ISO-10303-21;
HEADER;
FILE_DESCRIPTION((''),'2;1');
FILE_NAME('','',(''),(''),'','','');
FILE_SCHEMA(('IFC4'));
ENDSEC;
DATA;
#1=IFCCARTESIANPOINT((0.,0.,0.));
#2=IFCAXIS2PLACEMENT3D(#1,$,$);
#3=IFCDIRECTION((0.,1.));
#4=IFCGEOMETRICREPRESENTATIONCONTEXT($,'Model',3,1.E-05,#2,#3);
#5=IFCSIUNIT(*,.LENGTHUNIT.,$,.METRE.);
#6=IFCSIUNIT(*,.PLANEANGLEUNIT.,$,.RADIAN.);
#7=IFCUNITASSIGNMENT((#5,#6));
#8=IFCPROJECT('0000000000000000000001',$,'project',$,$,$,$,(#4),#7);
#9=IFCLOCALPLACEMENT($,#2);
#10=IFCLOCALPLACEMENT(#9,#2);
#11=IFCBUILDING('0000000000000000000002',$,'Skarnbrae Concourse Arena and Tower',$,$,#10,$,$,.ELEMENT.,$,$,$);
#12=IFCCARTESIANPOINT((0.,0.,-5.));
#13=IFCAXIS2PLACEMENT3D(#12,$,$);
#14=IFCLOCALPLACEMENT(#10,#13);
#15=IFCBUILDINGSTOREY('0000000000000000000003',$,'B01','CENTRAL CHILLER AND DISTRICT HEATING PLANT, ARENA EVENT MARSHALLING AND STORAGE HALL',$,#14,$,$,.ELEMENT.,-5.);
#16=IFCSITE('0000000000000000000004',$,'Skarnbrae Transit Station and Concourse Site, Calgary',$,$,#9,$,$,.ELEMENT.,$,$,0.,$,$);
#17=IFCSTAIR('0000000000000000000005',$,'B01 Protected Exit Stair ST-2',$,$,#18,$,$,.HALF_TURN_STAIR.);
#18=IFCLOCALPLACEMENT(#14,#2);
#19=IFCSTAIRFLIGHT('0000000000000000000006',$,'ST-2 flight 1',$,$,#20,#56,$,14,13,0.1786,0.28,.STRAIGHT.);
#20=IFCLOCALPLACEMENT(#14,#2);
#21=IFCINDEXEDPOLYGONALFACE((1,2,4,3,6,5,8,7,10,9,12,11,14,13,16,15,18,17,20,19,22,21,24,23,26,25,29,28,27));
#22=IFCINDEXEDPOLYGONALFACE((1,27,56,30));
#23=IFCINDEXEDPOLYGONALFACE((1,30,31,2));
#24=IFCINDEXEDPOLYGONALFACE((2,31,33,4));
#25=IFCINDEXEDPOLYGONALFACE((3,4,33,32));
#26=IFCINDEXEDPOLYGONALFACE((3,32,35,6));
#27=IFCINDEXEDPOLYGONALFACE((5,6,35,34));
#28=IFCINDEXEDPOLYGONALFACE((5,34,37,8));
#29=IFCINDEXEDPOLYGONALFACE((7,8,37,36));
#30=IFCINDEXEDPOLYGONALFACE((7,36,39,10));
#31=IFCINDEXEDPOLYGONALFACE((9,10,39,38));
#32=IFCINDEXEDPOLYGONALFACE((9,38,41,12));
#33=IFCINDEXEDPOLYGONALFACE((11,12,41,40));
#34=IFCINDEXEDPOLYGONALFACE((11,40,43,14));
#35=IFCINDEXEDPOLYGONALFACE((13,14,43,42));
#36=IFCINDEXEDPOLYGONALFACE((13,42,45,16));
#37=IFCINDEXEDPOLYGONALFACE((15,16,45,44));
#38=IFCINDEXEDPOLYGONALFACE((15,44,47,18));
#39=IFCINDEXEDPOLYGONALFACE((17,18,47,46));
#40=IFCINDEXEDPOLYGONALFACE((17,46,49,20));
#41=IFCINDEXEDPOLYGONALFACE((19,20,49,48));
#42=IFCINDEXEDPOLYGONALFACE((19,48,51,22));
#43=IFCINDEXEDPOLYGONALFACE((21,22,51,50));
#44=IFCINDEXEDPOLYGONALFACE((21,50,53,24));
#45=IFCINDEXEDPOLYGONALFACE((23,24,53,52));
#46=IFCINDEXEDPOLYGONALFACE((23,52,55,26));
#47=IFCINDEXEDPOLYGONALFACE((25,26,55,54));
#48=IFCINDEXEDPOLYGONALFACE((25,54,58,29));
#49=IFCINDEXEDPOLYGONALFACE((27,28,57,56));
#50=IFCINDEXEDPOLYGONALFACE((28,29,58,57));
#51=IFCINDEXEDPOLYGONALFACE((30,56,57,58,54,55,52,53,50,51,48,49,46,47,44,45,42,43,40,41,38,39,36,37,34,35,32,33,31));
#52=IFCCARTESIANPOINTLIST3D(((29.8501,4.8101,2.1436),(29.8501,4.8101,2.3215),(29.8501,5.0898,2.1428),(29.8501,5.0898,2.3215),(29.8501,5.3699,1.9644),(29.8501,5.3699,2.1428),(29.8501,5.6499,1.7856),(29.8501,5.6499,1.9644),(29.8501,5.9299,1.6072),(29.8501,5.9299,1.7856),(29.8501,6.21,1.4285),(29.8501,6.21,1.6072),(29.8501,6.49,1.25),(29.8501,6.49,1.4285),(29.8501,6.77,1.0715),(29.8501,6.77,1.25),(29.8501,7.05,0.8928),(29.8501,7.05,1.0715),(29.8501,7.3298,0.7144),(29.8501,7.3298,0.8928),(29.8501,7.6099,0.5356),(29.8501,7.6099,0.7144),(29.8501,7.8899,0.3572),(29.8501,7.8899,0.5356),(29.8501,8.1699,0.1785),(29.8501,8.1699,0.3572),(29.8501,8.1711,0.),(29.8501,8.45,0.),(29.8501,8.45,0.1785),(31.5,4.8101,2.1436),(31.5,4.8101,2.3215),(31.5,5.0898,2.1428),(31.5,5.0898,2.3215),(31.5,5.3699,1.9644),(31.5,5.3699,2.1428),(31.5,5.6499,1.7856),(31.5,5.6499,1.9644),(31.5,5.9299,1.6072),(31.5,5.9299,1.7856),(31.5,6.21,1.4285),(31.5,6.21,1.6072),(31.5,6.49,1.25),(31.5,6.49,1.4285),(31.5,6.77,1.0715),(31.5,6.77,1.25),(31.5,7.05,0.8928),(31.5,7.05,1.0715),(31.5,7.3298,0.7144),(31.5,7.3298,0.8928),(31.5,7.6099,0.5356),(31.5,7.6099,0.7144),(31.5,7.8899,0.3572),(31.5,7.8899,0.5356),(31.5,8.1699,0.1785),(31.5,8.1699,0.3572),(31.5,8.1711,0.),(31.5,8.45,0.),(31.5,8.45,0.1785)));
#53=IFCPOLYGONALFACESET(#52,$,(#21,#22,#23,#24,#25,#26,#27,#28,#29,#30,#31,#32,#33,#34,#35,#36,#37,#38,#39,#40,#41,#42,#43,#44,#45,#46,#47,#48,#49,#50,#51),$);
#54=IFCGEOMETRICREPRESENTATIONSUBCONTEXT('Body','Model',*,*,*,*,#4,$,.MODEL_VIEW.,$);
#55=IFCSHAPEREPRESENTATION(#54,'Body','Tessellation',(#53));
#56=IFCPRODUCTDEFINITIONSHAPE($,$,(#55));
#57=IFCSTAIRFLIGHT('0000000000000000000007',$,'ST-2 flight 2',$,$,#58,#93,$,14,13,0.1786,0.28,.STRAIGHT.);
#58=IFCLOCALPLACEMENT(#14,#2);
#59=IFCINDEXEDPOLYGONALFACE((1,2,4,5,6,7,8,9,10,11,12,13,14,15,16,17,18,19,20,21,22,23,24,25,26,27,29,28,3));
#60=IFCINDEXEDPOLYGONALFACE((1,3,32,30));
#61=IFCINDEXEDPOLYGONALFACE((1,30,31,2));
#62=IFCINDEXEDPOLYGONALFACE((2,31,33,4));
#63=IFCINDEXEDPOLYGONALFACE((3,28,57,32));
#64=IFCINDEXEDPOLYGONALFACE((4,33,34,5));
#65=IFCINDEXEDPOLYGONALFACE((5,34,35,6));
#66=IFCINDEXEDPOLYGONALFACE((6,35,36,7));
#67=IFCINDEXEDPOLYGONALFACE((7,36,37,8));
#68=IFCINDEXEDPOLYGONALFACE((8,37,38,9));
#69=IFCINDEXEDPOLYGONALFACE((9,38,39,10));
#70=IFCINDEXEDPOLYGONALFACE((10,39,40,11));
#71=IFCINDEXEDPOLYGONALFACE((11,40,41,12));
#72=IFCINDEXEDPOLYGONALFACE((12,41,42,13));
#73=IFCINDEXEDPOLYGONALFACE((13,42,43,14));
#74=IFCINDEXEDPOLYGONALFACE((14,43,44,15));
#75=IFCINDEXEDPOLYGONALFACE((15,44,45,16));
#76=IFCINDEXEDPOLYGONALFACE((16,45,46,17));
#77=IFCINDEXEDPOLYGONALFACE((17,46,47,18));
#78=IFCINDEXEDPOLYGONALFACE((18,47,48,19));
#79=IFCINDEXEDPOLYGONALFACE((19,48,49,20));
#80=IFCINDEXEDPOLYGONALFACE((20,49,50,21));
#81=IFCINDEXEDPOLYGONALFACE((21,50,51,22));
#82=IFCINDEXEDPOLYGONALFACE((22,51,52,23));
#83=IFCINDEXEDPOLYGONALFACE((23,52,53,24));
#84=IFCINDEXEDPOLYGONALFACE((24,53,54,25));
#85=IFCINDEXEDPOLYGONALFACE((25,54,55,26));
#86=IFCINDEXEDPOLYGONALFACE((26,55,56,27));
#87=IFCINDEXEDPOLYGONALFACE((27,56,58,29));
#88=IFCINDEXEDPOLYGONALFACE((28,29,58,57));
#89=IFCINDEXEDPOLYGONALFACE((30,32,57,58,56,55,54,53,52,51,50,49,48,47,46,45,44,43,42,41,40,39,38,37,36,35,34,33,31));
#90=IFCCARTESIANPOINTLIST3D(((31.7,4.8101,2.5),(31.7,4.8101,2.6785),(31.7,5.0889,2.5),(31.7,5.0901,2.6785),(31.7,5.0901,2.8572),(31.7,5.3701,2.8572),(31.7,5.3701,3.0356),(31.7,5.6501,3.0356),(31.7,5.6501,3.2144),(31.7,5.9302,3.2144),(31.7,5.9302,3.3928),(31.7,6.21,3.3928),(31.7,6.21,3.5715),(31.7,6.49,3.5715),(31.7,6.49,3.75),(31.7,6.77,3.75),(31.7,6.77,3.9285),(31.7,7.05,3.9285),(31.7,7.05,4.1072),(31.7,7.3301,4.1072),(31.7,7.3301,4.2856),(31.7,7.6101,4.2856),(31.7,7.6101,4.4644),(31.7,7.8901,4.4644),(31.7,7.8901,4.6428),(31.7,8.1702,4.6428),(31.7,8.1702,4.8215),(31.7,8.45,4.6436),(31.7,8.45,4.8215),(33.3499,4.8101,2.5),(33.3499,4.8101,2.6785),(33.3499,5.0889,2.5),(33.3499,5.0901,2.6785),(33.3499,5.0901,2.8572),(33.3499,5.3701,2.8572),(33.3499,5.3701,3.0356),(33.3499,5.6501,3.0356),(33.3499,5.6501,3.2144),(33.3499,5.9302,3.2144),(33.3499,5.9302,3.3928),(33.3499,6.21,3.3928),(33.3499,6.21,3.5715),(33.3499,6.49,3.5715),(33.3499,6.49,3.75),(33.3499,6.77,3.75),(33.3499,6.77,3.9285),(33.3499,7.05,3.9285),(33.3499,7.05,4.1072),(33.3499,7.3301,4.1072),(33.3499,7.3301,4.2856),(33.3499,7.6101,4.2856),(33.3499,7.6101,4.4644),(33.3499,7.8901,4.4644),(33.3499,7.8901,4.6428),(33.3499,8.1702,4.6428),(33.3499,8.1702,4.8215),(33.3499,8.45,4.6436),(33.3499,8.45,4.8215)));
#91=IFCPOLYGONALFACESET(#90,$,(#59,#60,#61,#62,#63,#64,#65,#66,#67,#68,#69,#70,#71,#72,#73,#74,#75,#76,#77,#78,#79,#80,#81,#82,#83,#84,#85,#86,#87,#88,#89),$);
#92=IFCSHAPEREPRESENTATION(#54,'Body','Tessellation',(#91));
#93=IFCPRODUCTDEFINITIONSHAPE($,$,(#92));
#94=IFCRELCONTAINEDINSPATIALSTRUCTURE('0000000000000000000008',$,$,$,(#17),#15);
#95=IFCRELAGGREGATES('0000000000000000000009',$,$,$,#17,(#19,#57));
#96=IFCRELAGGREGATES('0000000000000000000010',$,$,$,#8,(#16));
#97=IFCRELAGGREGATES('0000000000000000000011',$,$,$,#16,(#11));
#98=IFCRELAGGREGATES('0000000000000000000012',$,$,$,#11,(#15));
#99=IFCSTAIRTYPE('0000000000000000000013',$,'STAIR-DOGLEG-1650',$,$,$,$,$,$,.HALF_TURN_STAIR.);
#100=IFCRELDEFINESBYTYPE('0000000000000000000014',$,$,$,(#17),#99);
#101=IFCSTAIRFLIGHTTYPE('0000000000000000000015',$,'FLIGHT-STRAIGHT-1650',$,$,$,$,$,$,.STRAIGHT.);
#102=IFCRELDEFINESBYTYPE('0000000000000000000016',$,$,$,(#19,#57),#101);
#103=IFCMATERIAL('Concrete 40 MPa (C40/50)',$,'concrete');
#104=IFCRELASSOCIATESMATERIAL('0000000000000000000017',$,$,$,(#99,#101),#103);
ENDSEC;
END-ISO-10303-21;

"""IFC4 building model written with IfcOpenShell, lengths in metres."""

from ifc_helpers import new_model, si_unit, direction, frame, origin, place, context, subcontext, project, spatial, polyline, outline, extrude, source, transform, mapped, material, type_object, element, aggregate, save


model = new_model("IFC4")

# Units and contexts
model_context = context("Model", 3, precision=1e-05, world=origin(), true_north=direction((0.0, 1.0)))
body_context = subcontext(model_context, "Body", "Model", "MODEL_VIEW")
ifc_project = project(units=[si_unit("LENGTHUNIT", "METRE"), si_unit("PLANEANGLEUNIT", "RADIAN")], contexts=[model_context])

# Site, building, storey
site_placement = place(None, origin())
site = spatial("IfcSite", under=ifc_project, at=site_placement, Name="Skarnbrae Transit Station and Concourse Site, Calgary", CompositionType="ELEMENT", RefElevation=0.0)
building_placement = place(site_placement, origin())
building = spatial("IfcBuilding", under=site, at=building_placement, Name="Skarnbrae Concourse Arena and Tower", CompositionType="ELEMENT")
storey_placement = place(building_placement, frame((0.0, 0.0, -5.0)))
storey = spatial("IfcBuildingStorey", under=building, at=storey_placement, Name="B01", Description="CENTRAL CHILLER AND DISTRICT HEATING PLANT, ARENA EVENT MARSHALLING AND STORAGE HALL", CompositionType="ELEMENT", Elevation=-5.0)

# Stair, stair flights
ifc_material_1 = material(Name="Concrete 40 MPa (C40/50)", Category="concrete")
stair_type = type_object("IfcStairType", Name="STAIR-DOGLEG-1650", PredefinedType="HALF_TURN_STAIR", material=ifc_material_1)
stair_placement = place(storey_placement, origin())
stair = element("IfcStair", 1, at=stair_placement, inside=storey, type_object=stair_type, Name="B01 Protected Exit Stair ST-2", PredefinedType="HALF_TURN_STAIR")
stair_flight_type = type_object("IfcStairFlightType", Name="FLIGHT-STRAIGHT-1650", PredefinedType="STRAIGHT", material=ifc_material_1)
shared_shape_1 = source(origin(), body_context, "Body", "SweptSolid", [
    extrude(outline(polyline([(0.0, 0.0), (0.0, 0.1785), (0.28, 0.1785), (0.28, 0.3572), (0.5601, 0.3572), (0.5601, 0.5356), (0.8401, 0.5356), (0.8401, 0.7144), (1.1201, 0.7144), (1.1201, 0.8928), (1.3999, 0.8928), (1.3999, 1.0715), (1.6799, 1.0715), (1.6799, 1.25), (1.96, 1.25), (1.96, 1.4285), (2.24, 1.4285), (2.24, 1.6072), (2.52, 1.6072), (2.52, 1.7856), (2.8, 1.7856), (2.8, 1.9644), (3.0801, 1.9644), (3.0801, 2.1428), (3.3601, 2.1428), (3.3601, 2.3215), (3.6399, 2.3215), (3.6399, 2.5), (3.6399, 2.1436), (0.2788, 0.0), (0.0, 0.0)])), frame((0.0, 0.825, 0.0), z_axis=(0.0, -1.0, 0.0), x_axis=(1.0, 0.0, 0.0)), (0.0, 0.0, 1.0), 1.6499),
])
stair_flight_1_placement = place(storey_placement, frame((30.675, 8.45, 0.0), z_axis=(0.0, 0.0, 1.0), x_axis=(0.0, -1.0, 0.0)))
stair_flight_1 = element("IfcStairFlight", 2, at=stair_flight_1_placement, type_object=stair_flight_type, Name="ST-2 flight 1", NumberOfRisers=14, NumberOfTreads=13, PredefinedType="STRAIGHT", RiserHeight=0.1786, TreadLength=0.28, context=body_context, shape_type="MappedRepresentation", body=[
    mapped(shared_shape_1, transform((0.0, 0.0, 0.0))),
])
stair_flight_2_placement = place(storey_placement, frame((32.5249, 4.8101, 2.5), z_axis=(0.0, 0.0, 1.0), x_axis=(0.0, 1.0, 0.0)))
stair_flight_2 = element("IfcStairFlight", 3, at=stair_flight_2_placement, type_object=stair_flight_type, Name="ST-2 flight 2", NumberOfRisers=14, NumberOfTreads=13, PredefinedType="STRAIGHT", RiserHeight=0.1786, TreadLength=0.28, context=body_context, shape_type="MappedRepresentation", body=[
    mapped(shared_shape_1, transform((0.0, 0.0, 0.0))),
])
aggregate(stair, [stair_flight_1, stair_flight_2])

save(model, "model.ifc")
